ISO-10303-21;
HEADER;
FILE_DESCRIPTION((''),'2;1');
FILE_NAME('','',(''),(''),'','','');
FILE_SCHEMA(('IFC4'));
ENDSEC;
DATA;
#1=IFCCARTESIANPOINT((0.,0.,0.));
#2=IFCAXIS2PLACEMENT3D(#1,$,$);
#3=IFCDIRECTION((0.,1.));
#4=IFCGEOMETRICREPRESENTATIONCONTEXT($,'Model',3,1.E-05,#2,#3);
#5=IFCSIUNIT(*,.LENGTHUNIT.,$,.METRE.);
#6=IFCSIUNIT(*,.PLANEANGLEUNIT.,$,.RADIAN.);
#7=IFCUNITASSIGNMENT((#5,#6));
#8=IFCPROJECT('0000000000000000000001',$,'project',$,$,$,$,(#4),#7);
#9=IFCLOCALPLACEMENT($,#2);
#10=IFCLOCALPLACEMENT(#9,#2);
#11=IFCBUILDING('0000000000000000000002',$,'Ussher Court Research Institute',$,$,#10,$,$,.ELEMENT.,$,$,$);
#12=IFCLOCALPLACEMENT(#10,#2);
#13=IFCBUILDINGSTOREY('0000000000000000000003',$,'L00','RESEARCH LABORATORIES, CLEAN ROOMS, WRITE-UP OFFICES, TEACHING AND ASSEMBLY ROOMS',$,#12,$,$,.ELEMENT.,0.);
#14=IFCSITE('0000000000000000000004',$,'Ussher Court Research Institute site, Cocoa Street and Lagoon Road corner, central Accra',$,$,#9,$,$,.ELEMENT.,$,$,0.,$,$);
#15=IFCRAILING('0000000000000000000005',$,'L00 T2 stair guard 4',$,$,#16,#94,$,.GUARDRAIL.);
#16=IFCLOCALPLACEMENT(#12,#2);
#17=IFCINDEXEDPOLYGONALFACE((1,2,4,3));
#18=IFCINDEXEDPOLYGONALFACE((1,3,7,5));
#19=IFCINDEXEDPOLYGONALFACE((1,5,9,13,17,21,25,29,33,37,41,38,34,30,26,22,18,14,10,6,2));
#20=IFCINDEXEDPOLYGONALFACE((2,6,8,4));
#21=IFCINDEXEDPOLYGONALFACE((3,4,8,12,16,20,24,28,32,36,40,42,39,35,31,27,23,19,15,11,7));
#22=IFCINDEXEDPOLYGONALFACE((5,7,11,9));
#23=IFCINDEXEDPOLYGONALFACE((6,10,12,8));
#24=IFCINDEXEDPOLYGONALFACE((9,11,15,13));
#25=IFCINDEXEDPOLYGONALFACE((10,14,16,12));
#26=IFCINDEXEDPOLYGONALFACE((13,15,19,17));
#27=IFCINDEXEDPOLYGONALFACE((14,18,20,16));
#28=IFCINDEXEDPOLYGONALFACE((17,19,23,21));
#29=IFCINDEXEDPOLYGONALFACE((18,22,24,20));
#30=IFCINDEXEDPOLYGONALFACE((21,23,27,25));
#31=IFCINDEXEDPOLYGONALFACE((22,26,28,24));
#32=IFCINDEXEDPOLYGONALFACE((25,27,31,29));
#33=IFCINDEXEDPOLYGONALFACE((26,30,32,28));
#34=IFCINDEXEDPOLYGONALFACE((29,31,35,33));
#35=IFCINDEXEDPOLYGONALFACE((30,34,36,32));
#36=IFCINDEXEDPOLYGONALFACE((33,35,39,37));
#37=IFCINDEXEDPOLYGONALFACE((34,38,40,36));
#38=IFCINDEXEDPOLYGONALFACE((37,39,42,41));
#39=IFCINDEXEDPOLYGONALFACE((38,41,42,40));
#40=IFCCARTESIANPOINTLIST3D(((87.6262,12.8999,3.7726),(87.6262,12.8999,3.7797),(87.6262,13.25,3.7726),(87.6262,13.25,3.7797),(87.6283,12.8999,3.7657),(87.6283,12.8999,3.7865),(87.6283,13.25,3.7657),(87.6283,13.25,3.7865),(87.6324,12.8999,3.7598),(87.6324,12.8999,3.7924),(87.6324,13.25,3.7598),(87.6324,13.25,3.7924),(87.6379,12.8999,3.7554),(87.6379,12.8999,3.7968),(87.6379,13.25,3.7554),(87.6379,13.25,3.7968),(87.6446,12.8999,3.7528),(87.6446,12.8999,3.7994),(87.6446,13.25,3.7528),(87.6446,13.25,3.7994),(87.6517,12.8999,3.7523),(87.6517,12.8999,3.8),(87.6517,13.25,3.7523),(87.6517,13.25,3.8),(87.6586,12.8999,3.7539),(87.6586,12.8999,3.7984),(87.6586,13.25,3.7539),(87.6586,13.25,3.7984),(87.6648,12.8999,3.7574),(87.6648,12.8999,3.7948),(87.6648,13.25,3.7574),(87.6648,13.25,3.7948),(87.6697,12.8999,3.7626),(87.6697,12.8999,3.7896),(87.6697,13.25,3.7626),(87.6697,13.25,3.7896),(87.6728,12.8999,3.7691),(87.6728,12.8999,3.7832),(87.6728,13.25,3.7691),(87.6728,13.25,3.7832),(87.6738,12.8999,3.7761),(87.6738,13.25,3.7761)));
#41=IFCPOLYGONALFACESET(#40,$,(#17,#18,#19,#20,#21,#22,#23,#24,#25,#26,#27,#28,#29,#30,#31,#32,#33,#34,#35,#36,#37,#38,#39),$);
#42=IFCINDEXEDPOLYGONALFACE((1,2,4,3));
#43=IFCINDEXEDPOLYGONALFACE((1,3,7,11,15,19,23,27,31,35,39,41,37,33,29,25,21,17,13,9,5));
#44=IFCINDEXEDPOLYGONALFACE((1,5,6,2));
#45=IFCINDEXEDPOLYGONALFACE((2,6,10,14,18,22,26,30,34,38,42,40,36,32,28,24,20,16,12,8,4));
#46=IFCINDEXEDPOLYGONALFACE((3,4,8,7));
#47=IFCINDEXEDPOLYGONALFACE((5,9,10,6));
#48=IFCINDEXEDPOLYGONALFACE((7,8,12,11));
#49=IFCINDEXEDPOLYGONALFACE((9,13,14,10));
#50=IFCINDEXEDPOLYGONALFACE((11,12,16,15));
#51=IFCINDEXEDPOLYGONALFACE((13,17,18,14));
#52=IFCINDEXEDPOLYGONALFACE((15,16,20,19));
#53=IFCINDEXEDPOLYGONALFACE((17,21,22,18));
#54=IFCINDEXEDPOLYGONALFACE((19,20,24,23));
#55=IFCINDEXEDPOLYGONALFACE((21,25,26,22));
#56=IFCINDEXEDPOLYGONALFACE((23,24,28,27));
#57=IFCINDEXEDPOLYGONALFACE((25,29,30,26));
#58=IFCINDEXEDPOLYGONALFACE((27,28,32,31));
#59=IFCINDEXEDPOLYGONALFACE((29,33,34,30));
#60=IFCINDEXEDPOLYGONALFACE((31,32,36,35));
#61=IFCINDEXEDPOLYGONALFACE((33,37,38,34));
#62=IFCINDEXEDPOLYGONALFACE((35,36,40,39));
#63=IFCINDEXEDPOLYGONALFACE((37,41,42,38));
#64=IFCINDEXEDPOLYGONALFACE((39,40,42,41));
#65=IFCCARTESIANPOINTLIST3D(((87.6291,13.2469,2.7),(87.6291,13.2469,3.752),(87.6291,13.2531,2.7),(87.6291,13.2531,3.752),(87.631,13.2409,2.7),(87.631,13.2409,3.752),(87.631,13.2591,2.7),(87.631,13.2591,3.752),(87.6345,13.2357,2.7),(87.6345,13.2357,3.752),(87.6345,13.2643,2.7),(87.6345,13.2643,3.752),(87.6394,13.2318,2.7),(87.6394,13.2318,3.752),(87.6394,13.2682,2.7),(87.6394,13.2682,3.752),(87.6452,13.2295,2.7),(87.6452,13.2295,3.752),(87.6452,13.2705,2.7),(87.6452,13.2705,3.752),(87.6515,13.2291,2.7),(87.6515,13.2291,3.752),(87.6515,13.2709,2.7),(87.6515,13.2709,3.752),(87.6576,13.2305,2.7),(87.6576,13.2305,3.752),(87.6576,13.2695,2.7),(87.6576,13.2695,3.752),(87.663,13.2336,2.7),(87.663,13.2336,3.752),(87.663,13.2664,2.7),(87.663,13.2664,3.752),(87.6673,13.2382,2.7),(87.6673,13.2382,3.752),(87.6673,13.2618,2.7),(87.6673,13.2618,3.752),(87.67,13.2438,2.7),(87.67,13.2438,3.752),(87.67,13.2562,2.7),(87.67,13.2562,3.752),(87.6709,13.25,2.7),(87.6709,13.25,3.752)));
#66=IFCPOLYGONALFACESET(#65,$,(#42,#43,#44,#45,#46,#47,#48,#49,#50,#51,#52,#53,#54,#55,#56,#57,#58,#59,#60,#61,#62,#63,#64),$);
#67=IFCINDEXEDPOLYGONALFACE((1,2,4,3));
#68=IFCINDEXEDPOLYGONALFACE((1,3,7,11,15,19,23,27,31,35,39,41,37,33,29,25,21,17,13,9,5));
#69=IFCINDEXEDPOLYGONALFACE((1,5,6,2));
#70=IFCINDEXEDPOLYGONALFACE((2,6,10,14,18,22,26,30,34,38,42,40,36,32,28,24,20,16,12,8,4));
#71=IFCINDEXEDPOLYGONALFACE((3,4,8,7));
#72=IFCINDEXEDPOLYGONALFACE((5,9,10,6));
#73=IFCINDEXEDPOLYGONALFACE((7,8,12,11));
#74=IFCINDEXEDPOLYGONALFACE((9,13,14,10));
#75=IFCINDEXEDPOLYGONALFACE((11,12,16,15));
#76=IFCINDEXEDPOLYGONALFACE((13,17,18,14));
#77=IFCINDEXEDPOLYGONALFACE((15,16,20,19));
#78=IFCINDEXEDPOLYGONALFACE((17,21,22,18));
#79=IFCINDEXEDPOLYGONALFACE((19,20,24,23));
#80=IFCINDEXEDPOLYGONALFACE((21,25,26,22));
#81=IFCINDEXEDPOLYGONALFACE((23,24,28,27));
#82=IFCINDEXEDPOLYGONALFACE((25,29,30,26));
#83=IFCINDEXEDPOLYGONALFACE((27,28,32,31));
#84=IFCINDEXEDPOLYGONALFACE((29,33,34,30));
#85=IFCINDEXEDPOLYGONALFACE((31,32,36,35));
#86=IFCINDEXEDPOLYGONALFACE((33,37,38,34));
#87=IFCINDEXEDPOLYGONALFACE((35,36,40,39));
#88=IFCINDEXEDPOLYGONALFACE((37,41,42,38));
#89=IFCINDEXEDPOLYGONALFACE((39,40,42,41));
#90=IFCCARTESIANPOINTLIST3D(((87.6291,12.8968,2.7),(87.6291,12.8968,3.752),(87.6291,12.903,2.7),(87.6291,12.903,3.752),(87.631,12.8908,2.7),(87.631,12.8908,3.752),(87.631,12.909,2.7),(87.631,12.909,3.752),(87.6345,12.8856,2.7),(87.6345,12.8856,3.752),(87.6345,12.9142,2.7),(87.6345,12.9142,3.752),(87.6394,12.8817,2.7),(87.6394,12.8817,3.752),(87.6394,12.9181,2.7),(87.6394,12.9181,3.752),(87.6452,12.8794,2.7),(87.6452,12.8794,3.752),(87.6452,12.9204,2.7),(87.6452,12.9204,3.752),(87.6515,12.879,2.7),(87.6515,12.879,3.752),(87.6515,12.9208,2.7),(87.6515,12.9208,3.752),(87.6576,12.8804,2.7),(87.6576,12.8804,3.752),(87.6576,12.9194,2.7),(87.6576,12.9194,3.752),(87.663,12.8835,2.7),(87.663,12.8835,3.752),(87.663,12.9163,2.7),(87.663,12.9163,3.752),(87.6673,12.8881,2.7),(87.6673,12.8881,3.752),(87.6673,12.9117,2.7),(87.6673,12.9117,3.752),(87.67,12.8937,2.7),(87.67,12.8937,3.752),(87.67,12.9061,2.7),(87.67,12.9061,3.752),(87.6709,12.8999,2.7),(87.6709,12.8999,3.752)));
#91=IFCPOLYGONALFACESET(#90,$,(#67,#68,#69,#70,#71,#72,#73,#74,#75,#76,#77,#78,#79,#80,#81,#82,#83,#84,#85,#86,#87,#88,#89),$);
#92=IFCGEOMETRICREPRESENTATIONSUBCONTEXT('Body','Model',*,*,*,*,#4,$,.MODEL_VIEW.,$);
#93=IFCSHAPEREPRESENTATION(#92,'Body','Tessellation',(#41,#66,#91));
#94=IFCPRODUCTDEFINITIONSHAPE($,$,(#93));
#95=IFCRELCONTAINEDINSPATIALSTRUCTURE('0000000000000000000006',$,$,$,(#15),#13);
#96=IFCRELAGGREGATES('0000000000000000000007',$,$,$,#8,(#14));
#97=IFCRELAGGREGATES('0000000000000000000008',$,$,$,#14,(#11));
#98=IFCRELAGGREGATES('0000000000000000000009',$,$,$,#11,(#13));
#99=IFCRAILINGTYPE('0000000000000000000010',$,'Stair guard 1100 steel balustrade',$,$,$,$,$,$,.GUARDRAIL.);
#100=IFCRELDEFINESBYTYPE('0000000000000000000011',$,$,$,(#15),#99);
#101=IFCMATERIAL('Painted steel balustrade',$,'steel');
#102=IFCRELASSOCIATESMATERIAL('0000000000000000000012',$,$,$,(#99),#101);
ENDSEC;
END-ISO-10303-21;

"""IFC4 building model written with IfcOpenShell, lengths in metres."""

from ifc_helpers import new_model, si_unit, direction, frame, origin, origin_2d, place, context, subcontext, project, spatial, circle, extrude, material, type_object, element, save


model = new_model("IFC4")

# Units and contexts
model_context = context("Model", 3, precision=1e-05, world=origin(), true_north=direction((0.0, 1.0)))
body_context = subcontext(model_context, "Body", "Model", "MODEL_VIEW")
ifc_project = project(units=[si_unit("LENGTHUNIT", "METRE"), si_unit("PLANEANGLEUNIT", "RADIAN")], contexts=[model_context])

# Site, building, storey
site_placement = place(None, origin())
site = spatial("IfcSite", under=ifc_project, at=site_placement, Name="Ussher Court Research Institute site, Cocoa Street and Lagoon Road corner, central Accra", CompositionType="ELEMENT", RefElevation=0.0)
building_placement = place(site_placement, origin())
building = spatial("IfcBuilding", under=site, at=building_placement, Name="Ussher Court Research Institute", CompositionType="ELEMENT")
storey_placement = place(building_placement, origin())
storey = spatial("IfcBuildingStorey", under=building, at=storey_placement, Name="L00", Description="RESEARCH LABORATORIES, CLEAN ROOMS, WRITE-UP OFFICES, TEACHING AND ASSEMBLY ROOMS", CompositionType="ELEMENT", Elevation=0.0)

# Railing
ifc_material_1 = material(Name="Painted steel balustrade", Category="steel")
railing_type = type_object("IfcRailingType", Name="Stair guard 1100 steel balustrade", PredefinedType="GUARDRAIL", material=ifc_material_1)
railing_1_placement = place(storey_placement, frame((87.6499, 13.25, 2.7)))
element("IfcRailing", 1, at=railing_1_placement, inside=storey, type_object=railing_type, Name="L00 T2 stair guard 4", PredefinedType="GUARDRAIL", context=body_context, shape_type="SweptSolid", body=[
    extrude(circle(Radius=0.0239, at=origin_2d()), frame((0.0, 0.0, 1.0762), z_axis=(0.0, -1.0, 0.0), x_axis=(1.0, 0.0, 0.0)), (0.0, 0.0, 1.0), 0.3501),
    extrude(circle(Radius=0.021, at=origin_2d()), origin(), (0.0, 0.0, 1.0), 1.052),
    extrude(circle(Radius=0.021, at=origin_2d()), frame((0.0, -0.3501, 0.0)), (0.0, 0.0, 1.0), 1.052),
])

save(model, "model.ifc")
